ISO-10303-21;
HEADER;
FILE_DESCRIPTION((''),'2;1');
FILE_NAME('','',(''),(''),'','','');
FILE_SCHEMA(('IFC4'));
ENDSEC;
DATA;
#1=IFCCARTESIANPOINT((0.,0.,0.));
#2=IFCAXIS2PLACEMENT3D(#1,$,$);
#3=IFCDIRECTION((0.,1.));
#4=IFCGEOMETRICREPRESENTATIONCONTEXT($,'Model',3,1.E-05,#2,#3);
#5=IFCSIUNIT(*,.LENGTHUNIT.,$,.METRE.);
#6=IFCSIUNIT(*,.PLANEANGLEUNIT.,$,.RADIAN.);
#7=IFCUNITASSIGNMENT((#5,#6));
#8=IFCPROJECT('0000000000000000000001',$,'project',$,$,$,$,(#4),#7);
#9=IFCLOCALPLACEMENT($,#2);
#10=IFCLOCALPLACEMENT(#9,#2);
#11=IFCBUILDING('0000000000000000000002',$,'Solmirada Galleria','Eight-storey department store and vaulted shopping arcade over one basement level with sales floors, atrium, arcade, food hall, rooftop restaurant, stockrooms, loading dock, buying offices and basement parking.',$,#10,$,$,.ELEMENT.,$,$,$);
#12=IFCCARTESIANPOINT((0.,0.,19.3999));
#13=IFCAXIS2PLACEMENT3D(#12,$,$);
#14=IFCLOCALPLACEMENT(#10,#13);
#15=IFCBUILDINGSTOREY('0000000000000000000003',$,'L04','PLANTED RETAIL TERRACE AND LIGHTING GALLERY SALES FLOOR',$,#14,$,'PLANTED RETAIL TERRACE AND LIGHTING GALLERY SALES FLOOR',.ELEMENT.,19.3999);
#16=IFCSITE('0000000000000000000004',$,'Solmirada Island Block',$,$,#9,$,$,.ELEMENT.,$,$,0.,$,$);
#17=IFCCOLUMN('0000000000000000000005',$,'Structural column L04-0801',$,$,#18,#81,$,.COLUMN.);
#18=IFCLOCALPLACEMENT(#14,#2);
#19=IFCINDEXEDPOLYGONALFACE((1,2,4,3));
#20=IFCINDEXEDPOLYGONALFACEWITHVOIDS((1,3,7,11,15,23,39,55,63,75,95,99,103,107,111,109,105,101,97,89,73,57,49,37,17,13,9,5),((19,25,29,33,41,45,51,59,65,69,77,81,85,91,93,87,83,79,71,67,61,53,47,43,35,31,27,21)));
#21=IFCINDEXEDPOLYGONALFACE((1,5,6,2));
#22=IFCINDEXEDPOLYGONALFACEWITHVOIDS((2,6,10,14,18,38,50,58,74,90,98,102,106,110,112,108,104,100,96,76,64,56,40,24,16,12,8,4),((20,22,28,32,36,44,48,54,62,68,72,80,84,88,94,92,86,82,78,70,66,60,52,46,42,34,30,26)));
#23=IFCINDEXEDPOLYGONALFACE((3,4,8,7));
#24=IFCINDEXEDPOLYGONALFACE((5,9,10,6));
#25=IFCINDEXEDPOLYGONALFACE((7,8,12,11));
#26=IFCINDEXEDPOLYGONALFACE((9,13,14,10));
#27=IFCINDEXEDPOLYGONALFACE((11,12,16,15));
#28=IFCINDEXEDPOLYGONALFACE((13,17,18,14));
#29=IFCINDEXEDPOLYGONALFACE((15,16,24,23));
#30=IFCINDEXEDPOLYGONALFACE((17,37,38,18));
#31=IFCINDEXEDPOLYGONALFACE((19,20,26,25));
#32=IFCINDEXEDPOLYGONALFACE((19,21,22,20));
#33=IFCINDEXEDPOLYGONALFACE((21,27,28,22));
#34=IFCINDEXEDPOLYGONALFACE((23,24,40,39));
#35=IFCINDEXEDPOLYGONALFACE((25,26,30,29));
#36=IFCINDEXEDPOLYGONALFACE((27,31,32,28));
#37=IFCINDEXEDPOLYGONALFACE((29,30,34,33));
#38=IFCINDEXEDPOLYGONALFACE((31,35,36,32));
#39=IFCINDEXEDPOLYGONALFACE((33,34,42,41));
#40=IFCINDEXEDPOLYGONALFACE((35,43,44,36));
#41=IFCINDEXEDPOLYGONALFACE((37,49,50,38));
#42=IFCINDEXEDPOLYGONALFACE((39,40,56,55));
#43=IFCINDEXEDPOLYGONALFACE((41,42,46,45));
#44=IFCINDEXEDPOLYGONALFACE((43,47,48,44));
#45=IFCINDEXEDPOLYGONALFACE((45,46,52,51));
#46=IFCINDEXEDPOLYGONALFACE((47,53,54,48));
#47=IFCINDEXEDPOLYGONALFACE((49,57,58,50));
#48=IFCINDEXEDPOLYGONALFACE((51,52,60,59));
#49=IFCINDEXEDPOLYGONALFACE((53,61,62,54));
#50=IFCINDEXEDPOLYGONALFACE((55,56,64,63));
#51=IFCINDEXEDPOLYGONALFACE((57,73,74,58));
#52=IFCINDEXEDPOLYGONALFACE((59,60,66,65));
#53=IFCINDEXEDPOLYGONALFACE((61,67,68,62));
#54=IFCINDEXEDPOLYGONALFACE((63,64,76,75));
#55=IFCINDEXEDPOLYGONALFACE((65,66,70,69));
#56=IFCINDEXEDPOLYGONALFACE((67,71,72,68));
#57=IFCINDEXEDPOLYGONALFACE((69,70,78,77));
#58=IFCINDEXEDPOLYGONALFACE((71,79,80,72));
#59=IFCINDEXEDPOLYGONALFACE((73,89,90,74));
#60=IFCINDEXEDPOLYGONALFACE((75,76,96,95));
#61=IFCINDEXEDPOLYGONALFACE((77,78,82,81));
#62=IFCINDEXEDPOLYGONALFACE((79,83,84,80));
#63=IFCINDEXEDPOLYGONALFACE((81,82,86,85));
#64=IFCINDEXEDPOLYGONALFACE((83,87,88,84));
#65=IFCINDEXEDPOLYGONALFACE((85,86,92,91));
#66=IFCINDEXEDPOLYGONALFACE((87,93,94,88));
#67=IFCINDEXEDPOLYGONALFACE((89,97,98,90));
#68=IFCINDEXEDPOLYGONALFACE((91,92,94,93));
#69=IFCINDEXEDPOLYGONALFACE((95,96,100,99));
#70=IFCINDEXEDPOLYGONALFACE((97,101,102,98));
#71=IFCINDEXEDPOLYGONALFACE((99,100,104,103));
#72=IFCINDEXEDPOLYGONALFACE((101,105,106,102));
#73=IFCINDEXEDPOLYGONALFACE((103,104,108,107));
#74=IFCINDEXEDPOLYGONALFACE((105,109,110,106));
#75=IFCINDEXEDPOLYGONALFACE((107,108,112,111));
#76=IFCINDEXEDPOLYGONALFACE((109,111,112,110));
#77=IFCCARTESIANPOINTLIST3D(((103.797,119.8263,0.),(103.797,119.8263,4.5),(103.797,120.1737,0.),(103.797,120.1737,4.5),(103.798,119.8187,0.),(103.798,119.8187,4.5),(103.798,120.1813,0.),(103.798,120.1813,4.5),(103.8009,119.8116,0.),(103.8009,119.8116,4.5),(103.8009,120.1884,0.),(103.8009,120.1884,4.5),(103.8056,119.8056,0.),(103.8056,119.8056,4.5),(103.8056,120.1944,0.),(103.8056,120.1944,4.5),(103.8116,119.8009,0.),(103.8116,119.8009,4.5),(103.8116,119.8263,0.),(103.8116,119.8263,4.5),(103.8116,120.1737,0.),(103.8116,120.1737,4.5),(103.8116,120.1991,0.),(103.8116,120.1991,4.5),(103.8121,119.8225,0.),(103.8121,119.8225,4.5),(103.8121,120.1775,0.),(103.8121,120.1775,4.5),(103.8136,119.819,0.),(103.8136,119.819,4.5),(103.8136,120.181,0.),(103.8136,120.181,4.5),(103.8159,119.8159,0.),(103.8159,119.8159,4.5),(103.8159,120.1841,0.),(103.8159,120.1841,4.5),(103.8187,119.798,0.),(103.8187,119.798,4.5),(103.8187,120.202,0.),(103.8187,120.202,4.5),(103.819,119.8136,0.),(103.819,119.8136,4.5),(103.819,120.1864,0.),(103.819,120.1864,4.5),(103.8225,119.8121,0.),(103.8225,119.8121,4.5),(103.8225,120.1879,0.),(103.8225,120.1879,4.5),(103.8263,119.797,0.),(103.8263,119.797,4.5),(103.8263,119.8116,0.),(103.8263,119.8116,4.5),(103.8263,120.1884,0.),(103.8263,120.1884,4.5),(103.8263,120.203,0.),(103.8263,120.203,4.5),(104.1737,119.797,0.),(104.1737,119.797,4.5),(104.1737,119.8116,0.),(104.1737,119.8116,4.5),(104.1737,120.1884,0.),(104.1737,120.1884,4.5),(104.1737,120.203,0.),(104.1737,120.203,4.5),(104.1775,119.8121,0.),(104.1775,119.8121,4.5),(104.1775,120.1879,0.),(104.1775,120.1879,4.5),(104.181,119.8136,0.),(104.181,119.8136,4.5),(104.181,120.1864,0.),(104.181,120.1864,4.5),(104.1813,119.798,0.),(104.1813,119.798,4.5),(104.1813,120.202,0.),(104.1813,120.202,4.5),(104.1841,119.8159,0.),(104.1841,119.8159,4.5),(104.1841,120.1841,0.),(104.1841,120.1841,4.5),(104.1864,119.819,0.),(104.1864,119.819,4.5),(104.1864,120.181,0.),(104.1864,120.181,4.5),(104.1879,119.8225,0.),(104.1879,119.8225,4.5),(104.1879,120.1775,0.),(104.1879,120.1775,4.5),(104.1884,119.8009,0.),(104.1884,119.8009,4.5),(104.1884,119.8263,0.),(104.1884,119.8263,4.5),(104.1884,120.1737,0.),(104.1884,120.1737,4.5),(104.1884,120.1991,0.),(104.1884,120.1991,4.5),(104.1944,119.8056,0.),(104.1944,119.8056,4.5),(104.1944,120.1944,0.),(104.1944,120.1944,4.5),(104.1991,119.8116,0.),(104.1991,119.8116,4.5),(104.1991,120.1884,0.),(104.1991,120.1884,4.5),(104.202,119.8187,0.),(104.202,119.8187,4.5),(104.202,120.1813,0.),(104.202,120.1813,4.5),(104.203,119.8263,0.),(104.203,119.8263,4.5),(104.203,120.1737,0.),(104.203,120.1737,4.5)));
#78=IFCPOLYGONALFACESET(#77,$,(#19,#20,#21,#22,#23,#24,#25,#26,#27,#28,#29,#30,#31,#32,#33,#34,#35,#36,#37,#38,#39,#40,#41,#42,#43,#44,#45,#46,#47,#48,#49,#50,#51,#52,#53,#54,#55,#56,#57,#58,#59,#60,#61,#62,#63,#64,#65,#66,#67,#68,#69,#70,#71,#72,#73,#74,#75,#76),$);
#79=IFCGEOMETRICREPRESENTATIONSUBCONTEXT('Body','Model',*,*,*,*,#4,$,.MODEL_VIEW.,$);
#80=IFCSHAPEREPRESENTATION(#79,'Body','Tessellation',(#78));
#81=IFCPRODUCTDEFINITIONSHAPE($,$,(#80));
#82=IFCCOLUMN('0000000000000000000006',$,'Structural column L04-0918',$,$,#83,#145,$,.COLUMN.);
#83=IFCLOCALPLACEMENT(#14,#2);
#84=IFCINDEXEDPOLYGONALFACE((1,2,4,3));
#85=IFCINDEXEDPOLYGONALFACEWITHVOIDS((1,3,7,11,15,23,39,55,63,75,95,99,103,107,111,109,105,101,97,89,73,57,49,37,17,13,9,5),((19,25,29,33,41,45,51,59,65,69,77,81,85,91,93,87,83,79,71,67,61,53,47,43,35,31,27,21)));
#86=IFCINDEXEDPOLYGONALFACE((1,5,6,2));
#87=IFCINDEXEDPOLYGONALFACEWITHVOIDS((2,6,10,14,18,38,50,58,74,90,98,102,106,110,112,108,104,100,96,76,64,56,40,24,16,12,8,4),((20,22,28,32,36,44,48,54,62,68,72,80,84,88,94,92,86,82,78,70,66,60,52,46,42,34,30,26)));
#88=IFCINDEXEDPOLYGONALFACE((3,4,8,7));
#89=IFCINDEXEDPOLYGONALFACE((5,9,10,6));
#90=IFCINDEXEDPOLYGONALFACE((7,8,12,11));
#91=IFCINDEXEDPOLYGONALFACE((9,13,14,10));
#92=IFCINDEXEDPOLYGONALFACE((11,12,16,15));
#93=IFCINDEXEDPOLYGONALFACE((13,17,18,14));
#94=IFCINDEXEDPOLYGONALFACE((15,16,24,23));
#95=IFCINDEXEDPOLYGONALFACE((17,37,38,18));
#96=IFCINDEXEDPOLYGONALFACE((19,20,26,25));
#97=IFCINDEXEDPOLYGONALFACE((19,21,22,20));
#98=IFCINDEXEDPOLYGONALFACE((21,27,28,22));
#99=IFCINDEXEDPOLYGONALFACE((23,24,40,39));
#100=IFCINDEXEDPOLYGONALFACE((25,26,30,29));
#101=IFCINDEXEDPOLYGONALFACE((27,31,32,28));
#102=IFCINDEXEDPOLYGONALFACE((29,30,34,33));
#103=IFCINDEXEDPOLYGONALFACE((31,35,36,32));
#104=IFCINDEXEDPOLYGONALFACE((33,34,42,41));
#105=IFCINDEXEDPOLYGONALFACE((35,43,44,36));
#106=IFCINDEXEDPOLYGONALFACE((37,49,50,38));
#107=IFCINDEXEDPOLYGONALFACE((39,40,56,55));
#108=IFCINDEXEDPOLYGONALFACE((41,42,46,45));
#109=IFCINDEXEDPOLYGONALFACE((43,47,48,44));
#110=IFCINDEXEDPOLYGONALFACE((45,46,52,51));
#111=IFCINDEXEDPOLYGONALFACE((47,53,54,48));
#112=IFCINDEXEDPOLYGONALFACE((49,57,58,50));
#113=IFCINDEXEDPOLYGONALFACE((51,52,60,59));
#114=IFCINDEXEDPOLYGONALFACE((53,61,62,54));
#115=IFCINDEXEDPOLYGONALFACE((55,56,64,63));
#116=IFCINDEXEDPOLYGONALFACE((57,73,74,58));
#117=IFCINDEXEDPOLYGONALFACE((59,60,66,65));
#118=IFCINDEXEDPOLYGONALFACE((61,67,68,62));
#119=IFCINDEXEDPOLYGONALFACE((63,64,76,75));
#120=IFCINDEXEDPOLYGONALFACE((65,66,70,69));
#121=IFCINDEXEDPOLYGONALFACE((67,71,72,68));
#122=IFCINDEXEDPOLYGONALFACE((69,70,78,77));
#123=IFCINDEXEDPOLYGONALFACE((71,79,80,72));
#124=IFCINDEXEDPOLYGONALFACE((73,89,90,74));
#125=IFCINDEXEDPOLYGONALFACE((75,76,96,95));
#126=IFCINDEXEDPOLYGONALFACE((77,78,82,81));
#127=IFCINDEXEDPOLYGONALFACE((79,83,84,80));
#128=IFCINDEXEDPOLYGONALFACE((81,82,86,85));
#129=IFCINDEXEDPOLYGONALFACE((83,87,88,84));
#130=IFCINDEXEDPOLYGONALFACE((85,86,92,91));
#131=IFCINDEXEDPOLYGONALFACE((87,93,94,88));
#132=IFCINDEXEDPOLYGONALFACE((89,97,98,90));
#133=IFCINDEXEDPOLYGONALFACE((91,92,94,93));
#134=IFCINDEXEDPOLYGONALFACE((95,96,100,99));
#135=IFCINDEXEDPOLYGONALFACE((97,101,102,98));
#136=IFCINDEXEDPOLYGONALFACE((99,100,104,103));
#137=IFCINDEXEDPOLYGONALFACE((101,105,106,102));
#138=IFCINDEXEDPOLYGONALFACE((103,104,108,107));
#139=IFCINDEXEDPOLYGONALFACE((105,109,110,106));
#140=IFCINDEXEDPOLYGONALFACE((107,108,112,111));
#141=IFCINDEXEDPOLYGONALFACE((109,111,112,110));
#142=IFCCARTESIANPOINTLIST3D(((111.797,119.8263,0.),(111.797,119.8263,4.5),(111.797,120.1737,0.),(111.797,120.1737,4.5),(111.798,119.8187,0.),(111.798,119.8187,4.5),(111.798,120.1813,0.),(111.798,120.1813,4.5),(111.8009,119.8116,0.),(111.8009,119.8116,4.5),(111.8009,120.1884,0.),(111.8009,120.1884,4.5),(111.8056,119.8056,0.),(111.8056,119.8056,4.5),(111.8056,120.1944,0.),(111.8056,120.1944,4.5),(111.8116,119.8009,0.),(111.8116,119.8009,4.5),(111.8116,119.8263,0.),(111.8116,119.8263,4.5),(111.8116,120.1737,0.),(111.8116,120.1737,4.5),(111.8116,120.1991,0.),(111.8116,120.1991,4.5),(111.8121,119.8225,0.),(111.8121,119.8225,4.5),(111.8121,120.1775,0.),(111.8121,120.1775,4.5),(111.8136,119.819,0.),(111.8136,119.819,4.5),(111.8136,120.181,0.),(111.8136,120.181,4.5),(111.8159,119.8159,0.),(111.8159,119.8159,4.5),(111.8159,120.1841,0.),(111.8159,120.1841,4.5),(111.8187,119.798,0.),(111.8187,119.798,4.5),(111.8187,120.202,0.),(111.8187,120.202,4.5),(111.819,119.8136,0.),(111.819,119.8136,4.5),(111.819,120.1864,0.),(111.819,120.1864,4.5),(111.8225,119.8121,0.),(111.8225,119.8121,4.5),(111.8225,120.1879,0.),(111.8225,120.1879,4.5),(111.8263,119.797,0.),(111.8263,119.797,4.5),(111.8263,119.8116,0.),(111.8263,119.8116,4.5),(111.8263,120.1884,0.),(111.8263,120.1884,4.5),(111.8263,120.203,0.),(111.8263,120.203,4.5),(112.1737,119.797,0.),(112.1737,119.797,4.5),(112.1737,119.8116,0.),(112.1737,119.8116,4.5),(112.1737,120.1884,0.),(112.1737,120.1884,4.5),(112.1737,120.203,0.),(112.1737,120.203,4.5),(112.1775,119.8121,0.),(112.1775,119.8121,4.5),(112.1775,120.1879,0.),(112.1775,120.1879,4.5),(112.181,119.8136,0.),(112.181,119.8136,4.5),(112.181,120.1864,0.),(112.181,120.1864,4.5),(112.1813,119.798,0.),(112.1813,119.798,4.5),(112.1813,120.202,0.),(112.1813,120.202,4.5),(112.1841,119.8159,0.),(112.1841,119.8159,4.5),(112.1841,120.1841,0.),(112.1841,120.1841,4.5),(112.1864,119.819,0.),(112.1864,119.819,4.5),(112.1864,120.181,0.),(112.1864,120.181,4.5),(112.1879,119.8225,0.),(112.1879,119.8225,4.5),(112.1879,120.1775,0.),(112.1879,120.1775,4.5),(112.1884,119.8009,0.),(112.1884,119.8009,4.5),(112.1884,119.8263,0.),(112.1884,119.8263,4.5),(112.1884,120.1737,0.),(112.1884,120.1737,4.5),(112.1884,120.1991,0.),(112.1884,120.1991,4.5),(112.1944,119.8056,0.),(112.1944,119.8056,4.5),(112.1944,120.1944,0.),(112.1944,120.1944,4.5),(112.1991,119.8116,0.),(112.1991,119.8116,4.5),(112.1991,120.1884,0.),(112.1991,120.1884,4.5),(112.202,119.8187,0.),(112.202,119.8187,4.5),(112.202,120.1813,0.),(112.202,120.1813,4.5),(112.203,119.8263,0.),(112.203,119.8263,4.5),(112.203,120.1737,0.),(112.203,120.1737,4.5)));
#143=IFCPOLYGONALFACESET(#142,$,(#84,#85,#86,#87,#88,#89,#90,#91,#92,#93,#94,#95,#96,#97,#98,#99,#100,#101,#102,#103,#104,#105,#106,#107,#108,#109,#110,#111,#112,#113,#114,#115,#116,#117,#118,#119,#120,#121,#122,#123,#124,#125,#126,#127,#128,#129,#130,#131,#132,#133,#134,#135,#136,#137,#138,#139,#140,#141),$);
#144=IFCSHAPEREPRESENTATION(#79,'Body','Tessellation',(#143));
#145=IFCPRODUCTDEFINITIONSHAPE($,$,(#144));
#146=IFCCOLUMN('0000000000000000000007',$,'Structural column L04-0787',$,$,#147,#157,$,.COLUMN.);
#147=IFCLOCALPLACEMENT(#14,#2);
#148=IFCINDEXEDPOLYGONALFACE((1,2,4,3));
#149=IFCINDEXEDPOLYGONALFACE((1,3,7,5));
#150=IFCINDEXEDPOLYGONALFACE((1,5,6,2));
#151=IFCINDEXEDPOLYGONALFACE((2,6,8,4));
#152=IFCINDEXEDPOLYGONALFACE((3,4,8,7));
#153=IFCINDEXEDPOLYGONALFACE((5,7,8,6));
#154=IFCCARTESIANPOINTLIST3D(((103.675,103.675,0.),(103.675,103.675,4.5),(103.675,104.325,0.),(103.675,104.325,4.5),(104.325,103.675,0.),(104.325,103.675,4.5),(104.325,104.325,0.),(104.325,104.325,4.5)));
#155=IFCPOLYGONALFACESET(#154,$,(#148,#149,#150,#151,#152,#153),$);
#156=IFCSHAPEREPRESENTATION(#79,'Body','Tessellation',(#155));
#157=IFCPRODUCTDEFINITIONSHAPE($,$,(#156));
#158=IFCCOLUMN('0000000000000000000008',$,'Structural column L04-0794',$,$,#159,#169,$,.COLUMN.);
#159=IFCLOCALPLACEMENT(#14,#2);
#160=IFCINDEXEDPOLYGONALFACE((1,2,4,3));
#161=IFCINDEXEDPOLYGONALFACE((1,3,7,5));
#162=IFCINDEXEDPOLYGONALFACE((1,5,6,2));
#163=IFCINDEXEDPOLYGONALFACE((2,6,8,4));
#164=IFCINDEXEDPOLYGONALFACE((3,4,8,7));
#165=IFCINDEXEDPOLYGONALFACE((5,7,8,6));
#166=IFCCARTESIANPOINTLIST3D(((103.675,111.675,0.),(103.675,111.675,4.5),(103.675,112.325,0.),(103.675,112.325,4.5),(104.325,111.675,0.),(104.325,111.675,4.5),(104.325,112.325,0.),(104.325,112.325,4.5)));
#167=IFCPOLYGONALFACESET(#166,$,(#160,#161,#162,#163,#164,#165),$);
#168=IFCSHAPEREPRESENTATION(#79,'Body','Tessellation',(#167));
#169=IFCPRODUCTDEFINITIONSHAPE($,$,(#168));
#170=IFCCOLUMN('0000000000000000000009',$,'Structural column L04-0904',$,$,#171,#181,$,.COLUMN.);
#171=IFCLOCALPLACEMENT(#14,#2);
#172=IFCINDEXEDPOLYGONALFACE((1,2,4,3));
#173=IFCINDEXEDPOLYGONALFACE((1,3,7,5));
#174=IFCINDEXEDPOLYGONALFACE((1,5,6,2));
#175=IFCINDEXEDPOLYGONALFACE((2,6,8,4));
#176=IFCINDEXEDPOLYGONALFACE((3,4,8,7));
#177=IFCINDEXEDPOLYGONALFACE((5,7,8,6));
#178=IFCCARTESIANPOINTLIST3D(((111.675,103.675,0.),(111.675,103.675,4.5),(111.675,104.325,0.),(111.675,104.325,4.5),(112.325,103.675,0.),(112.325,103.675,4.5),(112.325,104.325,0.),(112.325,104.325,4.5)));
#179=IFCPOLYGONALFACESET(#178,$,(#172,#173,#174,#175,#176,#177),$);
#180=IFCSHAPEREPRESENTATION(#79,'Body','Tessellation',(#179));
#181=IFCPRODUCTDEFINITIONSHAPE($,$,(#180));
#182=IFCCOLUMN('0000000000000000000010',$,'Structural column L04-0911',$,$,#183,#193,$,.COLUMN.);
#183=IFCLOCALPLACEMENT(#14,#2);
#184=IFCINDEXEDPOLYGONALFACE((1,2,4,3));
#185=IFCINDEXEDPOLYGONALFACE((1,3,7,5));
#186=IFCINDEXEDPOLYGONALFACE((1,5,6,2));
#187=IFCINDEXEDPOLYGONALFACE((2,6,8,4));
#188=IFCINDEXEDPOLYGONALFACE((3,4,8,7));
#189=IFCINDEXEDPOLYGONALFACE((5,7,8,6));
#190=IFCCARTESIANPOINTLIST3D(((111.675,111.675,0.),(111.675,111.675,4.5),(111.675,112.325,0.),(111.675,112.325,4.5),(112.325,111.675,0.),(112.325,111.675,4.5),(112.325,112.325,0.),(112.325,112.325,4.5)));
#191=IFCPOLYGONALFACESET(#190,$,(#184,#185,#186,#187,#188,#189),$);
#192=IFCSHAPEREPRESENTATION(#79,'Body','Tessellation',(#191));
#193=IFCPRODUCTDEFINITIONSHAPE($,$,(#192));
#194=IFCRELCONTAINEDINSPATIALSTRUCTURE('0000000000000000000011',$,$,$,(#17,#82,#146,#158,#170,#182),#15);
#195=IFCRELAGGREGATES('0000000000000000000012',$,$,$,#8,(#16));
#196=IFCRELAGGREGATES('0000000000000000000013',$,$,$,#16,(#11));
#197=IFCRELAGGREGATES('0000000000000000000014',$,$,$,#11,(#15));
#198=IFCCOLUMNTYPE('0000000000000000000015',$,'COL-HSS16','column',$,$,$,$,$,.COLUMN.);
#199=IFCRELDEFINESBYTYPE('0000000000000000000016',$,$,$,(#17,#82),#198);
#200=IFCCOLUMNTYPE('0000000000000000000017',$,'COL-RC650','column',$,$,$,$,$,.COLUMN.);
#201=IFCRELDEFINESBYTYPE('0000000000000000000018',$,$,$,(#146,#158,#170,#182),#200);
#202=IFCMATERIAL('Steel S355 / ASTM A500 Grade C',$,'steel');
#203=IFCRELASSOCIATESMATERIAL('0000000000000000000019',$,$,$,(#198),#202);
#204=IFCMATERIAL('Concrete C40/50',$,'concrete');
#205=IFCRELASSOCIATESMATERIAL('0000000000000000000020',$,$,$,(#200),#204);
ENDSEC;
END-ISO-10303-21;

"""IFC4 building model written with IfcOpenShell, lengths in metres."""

from ifc_helpers import new_model, si_unit, direction, frame, origin, origin_2d, place, context, subcontext, project, spatial, rectangle, hollow_rectangle, extrude, material, material_profile, profile_set, type_object, element, save


model = new_model("IFC4")

# Units and contexts
model_context = context("Model", 3, precision=1e-05, world=origin(), true_north=direction((0.0, 1.0)))
body_context = subcontext(model_context, "Body", "Model", "MODEL_VIEW")
ifc_project = project(units=[si_unit("LENGTHUNIT", "METRE"), si_unit("PLANEANGLEUNIT", "RADIAN")], contexts=[model_context])

# Site, building, storey
site_placement = place(None, origin())
site = spatial("IfcSite", under=ifc_project, at=site_placement, Name="Solmirada Island Block", CompositionType="ELEMENT", RefElevation=0.0)
building_placement = place(site_placement, origin())
building = spatial("IfcBuilding", under=site, at=building_placement, Name="Solmirada Galleria", Description="Eight-storey department store and vaulted shopping arcade over one basement level with sales floors, atrium, arcade, food hall, rooftop restaurant, stockrooms, loading dock, buying offices and basement parking.", CompositionType="ELEMENT")
storey_placement = place(building_placement, frame((0.0, 0.0, 19.3999)))
storey = spatial("IfcBuildingStorey", under=building, at=storey_placement, Name="L04", Description="PLANTED RETAIL TERRACE AND LIGHTING GALLERY SALES FLOOR", LongName="PLANTED RETAIL TERRACE AND LIGHTING GALLERY SALES FLOOR", CompositionType="ELEMENT", Elevation=19.3999)

# Columns
ifc_material_1 = material(Name="Steel S355 / ASTM A500 Grade C", Category="steel")
ifc_material_profile_1 = material_profile(ifc_material_1, hollow_rectangle(XDim=0.406, YDim=0.406, WallThickness=0.0146, InnerFilletRadius=0.0146, OuterFilletRadius=0.0293, at=origin_2d()), Name="HSS16X16X5/8")
ifc_profile_set_1 = profile_set([ifc_material_profile_1], Name="Steel S355 / ASTM A500 Grade C")
column_type_1 = type_object("IfcColumnType", Name="COL-HSS16", Description="column", PredefinedType="COLUMN", material=ifc_profile_set_1)
for number, where, z_axis, x_axis, name in (
    (1, (104.0, 120.0, 0.0), (0.0, 0.0, 1.0), (1.0, 0.0, 0.0), "Structural column L04-0801"),
    (2, (112.0, 120.0, 0.0), (0.0, 0.0, 1.0), (1.0, 0.0, 0.0), "Structural column L04-0918"),
):
    element("IfcColumn", number, at=place(storey_placement, frame(where, z_axis=z_axis, x_axis=x_axis)), inside=storey, type_object=column_type_1, Name=name, PredefinedType="COLUMN", context=body_context, shape_type="SweptSolid", body=[
        extrude(hollow_rectangle(XDim=0.406, YDim=0.406, WallThickness=0.0146, InnerFilletRadius=0.0146, OuterFilletRadius=0.0293, at=origin_2d()), origin(), (0.0, 0.0, 1.0), 4.5),
    ])
ifc_material_2 = material(Name="Concrete C40/50", Category="concrete")
ifc_material_profile_2 = material_profile(ifc_material_2, rectangle(XDim=0.6499, YDim=0.6499, at=origin_2d()), Name="RC650X650")
ifc_profile_set_2 = profile_set([ifc_material_profile_2], Name="Concrete C40/50")
column_type_2 = type_object("IfcColumnType", Name="COL-RC650", Description="column", PredefinedType="COLUMN", material=ifc_profile_set_2)
for number, where, z_axis, x_axis, name in (
    (3, (104.0, 104.0, 0.0), (0.0, 0.0, 1.0), (1.0, 0.0, 0.0), "Structural column L04-0787"),
    (4, (104.0, 112.0, 0.0), (0.0, 0.0, 1.0), (1.0, 0.0, 0.0), "Structural column L04-0794"),
    (5, (112.0, 104.0, 0.0), (0.0, 0.0, 1.0), (1.0, 0.0, 0.0), "Structural column L04-0904"),
    (6, (112.0, 112.0, 0.0), (0.0, 0.0, 1.0), (1.0, 0.0, 0.0), "Structural column L04-0911"),
):
    element("IfcColumn", number, at=place(storey_placement, frame(where, z_axis=z_axis, x_axis=x_axis)), inside=storey, type_object=column_type_2, Name=name, PredefinedType="COLUMN", context=body_context, shape_type="SweptSolid", body=[
        extrude(rectangle(XDim=0.6499, YDim=0.6499, at=origin_2d()), origin(), (0.0, 0.0, 1.0), 4.5),
    ])

save(model, "model.ifc")
